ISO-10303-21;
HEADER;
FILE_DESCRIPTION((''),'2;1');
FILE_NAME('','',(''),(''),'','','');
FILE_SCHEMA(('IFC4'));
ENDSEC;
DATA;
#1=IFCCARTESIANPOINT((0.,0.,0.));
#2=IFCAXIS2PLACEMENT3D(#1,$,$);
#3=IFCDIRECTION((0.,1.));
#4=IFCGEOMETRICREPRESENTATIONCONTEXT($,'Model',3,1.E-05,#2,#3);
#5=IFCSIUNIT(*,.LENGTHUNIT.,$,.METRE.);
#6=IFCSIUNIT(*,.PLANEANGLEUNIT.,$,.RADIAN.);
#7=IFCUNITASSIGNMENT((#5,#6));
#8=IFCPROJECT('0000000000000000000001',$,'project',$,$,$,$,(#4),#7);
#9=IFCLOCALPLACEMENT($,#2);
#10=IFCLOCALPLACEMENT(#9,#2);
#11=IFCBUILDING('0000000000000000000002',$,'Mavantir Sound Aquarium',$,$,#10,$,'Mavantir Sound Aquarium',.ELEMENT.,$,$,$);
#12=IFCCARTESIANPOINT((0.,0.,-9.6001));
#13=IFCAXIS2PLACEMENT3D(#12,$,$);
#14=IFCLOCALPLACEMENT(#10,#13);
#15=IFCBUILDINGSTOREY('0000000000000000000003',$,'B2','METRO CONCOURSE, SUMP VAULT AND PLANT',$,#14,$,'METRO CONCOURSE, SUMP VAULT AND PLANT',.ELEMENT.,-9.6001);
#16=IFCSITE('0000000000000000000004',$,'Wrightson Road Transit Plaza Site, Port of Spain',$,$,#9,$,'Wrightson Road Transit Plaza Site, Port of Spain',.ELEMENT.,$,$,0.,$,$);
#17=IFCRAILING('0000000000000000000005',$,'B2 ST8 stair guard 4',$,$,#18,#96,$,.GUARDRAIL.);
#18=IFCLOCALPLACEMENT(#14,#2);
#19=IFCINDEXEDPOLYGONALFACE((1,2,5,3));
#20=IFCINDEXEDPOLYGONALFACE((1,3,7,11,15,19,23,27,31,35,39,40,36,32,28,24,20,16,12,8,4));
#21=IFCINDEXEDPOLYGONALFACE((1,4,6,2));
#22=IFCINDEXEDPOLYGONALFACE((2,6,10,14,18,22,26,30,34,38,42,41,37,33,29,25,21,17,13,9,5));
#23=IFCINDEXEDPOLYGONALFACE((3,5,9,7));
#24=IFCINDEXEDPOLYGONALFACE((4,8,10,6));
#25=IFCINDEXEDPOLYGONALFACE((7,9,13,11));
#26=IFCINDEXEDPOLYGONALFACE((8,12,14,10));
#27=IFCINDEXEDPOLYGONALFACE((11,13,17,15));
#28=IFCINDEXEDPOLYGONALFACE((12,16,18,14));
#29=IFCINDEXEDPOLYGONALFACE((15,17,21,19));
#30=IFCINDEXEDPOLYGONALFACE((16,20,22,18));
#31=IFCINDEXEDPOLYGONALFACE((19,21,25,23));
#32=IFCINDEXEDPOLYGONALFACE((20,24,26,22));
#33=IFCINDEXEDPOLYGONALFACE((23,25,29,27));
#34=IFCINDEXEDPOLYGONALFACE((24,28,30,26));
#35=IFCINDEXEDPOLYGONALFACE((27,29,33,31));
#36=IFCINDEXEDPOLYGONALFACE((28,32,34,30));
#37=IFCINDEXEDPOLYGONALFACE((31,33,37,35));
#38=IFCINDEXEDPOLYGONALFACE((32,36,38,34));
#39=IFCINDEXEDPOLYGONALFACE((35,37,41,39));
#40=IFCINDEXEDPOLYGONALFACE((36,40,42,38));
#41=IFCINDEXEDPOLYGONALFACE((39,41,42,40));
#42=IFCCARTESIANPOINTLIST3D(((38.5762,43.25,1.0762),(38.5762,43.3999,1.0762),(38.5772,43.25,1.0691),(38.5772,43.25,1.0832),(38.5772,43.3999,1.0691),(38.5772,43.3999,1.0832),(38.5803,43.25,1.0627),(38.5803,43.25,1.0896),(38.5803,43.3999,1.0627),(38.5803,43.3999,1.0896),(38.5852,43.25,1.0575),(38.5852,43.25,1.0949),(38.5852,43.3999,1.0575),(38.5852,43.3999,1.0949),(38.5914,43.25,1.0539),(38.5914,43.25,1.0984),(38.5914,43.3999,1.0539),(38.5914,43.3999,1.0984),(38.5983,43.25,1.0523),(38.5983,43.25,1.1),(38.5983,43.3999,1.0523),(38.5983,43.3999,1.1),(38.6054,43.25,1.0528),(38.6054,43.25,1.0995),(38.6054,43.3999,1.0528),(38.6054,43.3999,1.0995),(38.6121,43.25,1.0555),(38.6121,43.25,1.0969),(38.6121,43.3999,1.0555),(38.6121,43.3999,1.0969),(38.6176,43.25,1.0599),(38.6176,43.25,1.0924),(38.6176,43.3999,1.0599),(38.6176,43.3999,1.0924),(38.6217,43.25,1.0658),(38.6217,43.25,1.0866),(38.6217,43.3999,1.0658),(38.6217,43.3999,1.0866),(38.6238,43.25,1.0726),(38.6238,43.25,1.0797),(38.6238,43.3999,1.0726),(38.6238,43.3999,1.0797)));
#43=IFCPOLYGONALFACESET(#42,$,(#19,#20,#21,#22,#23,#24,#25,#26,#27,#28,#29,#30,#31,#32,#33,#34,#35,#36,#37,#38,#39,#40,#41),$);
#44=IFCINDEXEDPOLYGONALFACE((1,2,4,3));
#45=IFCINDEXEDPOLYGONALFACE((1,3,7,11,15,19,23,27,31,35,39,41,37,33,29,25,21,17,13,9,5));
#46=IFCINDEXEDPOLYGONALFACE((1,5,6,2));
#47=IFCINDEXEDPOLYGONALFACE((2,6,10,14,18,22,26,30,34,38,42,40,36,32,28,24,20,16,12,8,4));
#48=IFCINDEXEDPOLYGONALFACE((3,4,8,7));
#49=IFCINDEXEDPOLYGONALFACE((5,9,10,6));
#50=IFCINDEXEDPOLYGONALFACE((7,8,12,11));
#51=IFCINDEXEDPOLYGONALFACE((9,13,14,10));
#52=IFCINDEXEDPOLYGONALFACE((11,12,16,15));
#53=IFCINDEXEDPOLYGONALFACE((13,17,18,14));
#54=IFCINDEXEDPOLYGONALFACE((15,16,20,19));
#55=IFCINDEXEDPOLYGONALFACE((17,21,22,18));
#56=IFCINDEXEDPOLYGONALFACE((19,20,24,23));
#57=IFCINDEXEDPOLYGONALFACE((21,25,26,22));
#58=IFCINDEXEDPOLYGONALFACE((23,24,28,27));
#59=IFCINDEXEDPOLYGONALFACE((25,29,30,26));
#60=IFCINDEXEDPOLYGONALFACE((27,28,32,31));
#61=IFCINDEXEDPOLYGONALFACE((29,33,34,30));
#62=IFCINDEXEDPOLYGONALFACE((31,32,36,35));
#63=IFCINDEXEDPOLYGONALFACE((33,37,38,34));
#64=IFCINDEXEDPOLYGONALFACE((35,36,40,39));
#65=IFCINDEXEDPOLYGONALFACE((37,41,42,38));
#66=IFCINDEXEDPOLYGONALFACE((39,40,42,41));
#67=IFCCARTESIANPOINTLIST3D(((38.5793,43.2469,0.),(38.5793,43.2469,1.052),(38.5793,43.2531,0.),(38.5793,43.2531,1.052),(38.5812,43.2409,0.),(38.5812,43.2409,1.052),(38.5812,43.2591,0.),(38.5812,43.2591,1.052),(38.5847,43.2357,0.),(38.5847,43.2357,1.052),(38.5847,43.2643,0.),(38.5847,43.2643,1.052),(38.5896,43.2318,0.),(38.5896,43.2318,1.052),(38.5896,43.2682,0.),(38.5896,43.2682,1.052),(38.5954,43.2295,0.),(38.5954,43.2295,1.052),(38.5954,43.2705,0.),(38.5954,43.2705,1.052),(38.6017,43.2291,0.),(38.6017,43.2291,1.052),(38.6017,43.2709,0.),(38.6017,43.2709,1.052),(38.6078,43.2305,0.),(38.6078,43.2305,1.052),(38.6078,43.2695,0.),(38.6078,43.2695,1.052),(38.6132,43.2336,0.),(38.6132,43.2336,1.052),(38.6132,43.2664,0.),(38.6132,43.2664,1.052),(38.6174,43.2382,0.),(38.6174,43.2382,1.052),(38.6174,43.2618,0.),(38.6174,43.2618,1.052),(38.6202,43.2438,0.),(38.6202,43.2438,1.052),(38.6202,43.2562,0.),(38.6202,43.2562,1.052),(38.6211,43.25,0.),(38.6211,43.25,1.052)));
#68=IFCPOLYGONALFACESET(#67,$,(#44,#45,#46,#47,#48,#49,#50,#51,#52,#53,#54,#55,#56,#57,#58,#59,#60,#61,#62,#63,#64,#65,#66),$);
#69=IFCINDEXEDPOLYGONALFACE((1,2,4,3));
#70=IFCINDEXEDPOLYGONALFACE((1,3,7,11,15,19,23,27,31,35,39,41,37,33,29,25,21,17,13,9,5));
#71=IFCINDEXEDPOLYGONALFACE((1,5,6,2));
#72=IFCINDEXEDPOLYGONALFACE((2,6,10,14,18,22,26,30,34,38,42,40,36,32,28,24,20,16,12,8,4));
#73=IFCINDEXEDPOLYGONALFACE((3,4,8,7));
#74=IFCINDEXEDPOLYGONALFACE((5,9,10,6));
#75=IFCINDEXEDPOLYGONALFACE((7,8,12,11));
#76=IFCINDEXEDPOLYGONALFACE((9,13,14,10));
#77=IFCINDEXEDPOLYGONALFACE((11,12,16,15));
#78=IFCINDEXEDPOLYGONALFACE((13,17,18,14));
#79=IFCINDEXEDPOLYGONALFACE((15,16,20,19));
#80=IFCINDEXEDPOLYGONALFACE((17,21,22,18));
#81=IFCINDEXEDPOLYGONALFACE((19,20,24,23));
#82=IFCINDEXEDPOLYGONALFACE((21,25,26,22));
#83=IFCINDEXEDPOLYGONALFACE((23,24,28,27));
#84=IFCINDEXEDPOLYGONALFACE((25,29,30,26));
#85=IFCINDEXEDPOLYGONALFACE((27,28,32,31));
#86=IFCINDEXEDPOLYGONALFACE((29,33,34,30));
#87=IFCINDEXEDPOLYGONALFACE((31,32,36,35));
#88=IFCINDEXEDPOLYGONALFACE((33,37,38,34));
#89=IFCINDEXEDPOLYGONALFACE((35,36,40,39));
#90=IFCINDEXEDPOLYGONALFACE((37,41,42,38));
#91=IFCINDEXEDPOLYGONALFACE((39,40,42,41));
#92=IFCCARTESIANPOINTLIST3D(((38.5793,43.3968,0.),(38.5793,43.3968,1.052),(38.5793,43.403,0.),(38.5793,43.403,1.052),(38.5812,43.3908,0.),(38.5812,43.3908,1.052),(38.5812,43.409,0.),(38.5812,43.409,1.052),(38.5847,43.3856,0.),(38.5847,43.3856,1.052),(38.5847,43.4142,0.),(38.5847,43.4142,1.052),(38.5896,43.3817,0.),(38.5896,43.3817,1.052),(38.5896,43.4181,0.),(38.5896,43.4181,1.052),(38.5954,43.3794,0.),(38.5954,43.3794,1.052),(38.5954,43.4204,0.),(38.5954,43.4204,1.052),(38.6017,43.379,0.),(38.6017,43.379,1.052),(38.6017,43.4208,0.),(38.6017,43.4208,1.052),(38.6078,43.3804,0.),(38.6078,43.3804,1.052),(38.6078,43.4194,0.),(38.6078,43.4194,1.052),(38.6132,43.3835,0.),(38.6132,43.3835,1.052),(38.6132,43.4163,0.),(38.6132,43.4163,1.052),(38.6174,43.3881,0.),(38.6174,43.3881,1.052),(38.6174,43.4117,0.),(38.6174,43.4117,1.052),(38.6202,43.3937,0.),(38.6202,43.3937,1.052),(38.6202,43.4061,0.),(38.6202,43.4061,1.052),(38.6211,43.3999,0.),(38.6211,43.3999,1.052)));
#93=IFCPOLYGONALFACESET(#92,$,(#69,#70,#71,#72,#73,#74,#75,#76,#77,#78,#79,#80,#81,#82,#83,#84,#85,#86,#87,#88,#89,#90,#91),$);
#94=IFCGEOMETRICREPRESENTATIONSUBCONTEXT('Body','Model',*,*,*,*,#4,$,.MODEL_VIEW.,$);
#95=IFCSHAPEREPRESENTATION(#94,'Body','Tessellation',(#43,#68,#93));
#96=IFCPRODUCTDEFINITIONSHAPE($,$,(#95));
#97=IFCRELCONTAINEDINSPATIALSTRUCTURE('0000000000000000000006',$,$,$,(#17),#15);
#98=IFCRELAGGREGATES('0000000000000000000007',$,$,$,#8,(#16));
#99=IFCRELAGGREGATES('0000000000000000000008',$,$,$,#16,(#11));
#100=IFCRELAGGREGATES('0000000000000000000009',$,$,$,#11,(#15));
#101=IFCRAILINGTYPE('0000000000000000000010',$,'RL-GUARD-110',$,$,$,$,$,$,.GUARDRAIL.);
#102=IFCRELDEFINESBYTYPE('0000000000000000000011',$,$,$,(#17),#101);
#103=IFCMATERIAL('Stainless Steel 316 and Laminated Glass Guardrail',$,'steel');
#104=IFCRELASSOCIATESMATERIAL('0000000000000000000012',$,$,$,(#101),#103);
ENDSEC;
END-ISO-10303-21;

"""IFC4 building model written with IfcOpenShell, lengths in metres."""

from ifc_helpers import new_model, si_unit, direction, frame, origin, origin_2d, place, context, subcontext, project, spatial, circle, extrude, material, type_object, element, save


model = new_model("IFC4")

# Units and contexts
model_context = context("Model", 3, precision=1e-05, world=origin(), true_north=direction((0.0, 1.0)))
body_context = subcontext(model_context, "Body", "Model", "MODEL_VIEW")
ifc_project = project(units=[si_unit("LENGTHUNIT", "METRE"), si_unit("PLANEANGLEUNIT", "RADIAN")], contexts=[model_context])

# Site, building, storey
site_placement = place(None, origin())
site = spatial("IfcSite", under=ifc_project, at=site_placement, Name="Wrightson Road Transit Plaza Site, Port of Spain", LongName="Wrightson Road Transit Plaza Site, Port of Spain", CompositionType="ELEMENT", RefElevation=0.0)
building_placement = place(site_placement, origin())
building = spatial("IfcBuilding", under=site, at=building_placement, Name="Mavantir Sound Aquarium", LongName="Mavantir Sound Aquarium", CompositionType="ELEMENT")
storey_placement = place(building_placement, frame((0.0, 0.0, -9.6001)))
storey = spatial("IfcBuildingStorey", under=building, at=storey_placement, Name="B2", Description="METRO CONCOURSE, SUMP VAULT AND PLANT", LongName="METRO CONCOURSE, SUMP VAULT AND PLANT", CompositionType="ELEMENT", Elevation=-9.6001)

# Railing
ifc_material_1 = material(Name="Stainless Steel 316 and Laminated Glass Guardrail", Category="steel")
railing_type_1 = type_object("IfcRailingType", Name="RL-GUARD-110", PredefinedType="GUARDRAIL", material=ifc_material_1)
railing_1_placement = place(storey_placement, frame((38.6001, 43.25, 0.0)))
element("IfcRailing", 1, at=railing_1_placement, inside=storey, type_object=railing_type_1, Name="B2 ST8 stair guard 4", PredefinedType="GUARDRAIL", context=body_context, shape_type="SweptSolid", body=[
    extrude(circle(Radius=0.0239, at=origin_2d()), frame((0.0, 0.0, 1.0762), z_axis=(0.0, 1.0, 0.0), x_axis=(-1.0, 0.0, 0.0)), (0.0, 0.0, 1.0), 0.1499),
    extrude(circle(Radius=0.021, at=origin_2d()), origin(), (0.0, 0.0, 1.0), 1.052),
    extrude(circle(Radius=0.021, at=origin_2d()), frame((0.0, 0.1499, 0.0)), (0.0, 0.0, 1.0), 1.052),
])

save(model, "model.ifc")
